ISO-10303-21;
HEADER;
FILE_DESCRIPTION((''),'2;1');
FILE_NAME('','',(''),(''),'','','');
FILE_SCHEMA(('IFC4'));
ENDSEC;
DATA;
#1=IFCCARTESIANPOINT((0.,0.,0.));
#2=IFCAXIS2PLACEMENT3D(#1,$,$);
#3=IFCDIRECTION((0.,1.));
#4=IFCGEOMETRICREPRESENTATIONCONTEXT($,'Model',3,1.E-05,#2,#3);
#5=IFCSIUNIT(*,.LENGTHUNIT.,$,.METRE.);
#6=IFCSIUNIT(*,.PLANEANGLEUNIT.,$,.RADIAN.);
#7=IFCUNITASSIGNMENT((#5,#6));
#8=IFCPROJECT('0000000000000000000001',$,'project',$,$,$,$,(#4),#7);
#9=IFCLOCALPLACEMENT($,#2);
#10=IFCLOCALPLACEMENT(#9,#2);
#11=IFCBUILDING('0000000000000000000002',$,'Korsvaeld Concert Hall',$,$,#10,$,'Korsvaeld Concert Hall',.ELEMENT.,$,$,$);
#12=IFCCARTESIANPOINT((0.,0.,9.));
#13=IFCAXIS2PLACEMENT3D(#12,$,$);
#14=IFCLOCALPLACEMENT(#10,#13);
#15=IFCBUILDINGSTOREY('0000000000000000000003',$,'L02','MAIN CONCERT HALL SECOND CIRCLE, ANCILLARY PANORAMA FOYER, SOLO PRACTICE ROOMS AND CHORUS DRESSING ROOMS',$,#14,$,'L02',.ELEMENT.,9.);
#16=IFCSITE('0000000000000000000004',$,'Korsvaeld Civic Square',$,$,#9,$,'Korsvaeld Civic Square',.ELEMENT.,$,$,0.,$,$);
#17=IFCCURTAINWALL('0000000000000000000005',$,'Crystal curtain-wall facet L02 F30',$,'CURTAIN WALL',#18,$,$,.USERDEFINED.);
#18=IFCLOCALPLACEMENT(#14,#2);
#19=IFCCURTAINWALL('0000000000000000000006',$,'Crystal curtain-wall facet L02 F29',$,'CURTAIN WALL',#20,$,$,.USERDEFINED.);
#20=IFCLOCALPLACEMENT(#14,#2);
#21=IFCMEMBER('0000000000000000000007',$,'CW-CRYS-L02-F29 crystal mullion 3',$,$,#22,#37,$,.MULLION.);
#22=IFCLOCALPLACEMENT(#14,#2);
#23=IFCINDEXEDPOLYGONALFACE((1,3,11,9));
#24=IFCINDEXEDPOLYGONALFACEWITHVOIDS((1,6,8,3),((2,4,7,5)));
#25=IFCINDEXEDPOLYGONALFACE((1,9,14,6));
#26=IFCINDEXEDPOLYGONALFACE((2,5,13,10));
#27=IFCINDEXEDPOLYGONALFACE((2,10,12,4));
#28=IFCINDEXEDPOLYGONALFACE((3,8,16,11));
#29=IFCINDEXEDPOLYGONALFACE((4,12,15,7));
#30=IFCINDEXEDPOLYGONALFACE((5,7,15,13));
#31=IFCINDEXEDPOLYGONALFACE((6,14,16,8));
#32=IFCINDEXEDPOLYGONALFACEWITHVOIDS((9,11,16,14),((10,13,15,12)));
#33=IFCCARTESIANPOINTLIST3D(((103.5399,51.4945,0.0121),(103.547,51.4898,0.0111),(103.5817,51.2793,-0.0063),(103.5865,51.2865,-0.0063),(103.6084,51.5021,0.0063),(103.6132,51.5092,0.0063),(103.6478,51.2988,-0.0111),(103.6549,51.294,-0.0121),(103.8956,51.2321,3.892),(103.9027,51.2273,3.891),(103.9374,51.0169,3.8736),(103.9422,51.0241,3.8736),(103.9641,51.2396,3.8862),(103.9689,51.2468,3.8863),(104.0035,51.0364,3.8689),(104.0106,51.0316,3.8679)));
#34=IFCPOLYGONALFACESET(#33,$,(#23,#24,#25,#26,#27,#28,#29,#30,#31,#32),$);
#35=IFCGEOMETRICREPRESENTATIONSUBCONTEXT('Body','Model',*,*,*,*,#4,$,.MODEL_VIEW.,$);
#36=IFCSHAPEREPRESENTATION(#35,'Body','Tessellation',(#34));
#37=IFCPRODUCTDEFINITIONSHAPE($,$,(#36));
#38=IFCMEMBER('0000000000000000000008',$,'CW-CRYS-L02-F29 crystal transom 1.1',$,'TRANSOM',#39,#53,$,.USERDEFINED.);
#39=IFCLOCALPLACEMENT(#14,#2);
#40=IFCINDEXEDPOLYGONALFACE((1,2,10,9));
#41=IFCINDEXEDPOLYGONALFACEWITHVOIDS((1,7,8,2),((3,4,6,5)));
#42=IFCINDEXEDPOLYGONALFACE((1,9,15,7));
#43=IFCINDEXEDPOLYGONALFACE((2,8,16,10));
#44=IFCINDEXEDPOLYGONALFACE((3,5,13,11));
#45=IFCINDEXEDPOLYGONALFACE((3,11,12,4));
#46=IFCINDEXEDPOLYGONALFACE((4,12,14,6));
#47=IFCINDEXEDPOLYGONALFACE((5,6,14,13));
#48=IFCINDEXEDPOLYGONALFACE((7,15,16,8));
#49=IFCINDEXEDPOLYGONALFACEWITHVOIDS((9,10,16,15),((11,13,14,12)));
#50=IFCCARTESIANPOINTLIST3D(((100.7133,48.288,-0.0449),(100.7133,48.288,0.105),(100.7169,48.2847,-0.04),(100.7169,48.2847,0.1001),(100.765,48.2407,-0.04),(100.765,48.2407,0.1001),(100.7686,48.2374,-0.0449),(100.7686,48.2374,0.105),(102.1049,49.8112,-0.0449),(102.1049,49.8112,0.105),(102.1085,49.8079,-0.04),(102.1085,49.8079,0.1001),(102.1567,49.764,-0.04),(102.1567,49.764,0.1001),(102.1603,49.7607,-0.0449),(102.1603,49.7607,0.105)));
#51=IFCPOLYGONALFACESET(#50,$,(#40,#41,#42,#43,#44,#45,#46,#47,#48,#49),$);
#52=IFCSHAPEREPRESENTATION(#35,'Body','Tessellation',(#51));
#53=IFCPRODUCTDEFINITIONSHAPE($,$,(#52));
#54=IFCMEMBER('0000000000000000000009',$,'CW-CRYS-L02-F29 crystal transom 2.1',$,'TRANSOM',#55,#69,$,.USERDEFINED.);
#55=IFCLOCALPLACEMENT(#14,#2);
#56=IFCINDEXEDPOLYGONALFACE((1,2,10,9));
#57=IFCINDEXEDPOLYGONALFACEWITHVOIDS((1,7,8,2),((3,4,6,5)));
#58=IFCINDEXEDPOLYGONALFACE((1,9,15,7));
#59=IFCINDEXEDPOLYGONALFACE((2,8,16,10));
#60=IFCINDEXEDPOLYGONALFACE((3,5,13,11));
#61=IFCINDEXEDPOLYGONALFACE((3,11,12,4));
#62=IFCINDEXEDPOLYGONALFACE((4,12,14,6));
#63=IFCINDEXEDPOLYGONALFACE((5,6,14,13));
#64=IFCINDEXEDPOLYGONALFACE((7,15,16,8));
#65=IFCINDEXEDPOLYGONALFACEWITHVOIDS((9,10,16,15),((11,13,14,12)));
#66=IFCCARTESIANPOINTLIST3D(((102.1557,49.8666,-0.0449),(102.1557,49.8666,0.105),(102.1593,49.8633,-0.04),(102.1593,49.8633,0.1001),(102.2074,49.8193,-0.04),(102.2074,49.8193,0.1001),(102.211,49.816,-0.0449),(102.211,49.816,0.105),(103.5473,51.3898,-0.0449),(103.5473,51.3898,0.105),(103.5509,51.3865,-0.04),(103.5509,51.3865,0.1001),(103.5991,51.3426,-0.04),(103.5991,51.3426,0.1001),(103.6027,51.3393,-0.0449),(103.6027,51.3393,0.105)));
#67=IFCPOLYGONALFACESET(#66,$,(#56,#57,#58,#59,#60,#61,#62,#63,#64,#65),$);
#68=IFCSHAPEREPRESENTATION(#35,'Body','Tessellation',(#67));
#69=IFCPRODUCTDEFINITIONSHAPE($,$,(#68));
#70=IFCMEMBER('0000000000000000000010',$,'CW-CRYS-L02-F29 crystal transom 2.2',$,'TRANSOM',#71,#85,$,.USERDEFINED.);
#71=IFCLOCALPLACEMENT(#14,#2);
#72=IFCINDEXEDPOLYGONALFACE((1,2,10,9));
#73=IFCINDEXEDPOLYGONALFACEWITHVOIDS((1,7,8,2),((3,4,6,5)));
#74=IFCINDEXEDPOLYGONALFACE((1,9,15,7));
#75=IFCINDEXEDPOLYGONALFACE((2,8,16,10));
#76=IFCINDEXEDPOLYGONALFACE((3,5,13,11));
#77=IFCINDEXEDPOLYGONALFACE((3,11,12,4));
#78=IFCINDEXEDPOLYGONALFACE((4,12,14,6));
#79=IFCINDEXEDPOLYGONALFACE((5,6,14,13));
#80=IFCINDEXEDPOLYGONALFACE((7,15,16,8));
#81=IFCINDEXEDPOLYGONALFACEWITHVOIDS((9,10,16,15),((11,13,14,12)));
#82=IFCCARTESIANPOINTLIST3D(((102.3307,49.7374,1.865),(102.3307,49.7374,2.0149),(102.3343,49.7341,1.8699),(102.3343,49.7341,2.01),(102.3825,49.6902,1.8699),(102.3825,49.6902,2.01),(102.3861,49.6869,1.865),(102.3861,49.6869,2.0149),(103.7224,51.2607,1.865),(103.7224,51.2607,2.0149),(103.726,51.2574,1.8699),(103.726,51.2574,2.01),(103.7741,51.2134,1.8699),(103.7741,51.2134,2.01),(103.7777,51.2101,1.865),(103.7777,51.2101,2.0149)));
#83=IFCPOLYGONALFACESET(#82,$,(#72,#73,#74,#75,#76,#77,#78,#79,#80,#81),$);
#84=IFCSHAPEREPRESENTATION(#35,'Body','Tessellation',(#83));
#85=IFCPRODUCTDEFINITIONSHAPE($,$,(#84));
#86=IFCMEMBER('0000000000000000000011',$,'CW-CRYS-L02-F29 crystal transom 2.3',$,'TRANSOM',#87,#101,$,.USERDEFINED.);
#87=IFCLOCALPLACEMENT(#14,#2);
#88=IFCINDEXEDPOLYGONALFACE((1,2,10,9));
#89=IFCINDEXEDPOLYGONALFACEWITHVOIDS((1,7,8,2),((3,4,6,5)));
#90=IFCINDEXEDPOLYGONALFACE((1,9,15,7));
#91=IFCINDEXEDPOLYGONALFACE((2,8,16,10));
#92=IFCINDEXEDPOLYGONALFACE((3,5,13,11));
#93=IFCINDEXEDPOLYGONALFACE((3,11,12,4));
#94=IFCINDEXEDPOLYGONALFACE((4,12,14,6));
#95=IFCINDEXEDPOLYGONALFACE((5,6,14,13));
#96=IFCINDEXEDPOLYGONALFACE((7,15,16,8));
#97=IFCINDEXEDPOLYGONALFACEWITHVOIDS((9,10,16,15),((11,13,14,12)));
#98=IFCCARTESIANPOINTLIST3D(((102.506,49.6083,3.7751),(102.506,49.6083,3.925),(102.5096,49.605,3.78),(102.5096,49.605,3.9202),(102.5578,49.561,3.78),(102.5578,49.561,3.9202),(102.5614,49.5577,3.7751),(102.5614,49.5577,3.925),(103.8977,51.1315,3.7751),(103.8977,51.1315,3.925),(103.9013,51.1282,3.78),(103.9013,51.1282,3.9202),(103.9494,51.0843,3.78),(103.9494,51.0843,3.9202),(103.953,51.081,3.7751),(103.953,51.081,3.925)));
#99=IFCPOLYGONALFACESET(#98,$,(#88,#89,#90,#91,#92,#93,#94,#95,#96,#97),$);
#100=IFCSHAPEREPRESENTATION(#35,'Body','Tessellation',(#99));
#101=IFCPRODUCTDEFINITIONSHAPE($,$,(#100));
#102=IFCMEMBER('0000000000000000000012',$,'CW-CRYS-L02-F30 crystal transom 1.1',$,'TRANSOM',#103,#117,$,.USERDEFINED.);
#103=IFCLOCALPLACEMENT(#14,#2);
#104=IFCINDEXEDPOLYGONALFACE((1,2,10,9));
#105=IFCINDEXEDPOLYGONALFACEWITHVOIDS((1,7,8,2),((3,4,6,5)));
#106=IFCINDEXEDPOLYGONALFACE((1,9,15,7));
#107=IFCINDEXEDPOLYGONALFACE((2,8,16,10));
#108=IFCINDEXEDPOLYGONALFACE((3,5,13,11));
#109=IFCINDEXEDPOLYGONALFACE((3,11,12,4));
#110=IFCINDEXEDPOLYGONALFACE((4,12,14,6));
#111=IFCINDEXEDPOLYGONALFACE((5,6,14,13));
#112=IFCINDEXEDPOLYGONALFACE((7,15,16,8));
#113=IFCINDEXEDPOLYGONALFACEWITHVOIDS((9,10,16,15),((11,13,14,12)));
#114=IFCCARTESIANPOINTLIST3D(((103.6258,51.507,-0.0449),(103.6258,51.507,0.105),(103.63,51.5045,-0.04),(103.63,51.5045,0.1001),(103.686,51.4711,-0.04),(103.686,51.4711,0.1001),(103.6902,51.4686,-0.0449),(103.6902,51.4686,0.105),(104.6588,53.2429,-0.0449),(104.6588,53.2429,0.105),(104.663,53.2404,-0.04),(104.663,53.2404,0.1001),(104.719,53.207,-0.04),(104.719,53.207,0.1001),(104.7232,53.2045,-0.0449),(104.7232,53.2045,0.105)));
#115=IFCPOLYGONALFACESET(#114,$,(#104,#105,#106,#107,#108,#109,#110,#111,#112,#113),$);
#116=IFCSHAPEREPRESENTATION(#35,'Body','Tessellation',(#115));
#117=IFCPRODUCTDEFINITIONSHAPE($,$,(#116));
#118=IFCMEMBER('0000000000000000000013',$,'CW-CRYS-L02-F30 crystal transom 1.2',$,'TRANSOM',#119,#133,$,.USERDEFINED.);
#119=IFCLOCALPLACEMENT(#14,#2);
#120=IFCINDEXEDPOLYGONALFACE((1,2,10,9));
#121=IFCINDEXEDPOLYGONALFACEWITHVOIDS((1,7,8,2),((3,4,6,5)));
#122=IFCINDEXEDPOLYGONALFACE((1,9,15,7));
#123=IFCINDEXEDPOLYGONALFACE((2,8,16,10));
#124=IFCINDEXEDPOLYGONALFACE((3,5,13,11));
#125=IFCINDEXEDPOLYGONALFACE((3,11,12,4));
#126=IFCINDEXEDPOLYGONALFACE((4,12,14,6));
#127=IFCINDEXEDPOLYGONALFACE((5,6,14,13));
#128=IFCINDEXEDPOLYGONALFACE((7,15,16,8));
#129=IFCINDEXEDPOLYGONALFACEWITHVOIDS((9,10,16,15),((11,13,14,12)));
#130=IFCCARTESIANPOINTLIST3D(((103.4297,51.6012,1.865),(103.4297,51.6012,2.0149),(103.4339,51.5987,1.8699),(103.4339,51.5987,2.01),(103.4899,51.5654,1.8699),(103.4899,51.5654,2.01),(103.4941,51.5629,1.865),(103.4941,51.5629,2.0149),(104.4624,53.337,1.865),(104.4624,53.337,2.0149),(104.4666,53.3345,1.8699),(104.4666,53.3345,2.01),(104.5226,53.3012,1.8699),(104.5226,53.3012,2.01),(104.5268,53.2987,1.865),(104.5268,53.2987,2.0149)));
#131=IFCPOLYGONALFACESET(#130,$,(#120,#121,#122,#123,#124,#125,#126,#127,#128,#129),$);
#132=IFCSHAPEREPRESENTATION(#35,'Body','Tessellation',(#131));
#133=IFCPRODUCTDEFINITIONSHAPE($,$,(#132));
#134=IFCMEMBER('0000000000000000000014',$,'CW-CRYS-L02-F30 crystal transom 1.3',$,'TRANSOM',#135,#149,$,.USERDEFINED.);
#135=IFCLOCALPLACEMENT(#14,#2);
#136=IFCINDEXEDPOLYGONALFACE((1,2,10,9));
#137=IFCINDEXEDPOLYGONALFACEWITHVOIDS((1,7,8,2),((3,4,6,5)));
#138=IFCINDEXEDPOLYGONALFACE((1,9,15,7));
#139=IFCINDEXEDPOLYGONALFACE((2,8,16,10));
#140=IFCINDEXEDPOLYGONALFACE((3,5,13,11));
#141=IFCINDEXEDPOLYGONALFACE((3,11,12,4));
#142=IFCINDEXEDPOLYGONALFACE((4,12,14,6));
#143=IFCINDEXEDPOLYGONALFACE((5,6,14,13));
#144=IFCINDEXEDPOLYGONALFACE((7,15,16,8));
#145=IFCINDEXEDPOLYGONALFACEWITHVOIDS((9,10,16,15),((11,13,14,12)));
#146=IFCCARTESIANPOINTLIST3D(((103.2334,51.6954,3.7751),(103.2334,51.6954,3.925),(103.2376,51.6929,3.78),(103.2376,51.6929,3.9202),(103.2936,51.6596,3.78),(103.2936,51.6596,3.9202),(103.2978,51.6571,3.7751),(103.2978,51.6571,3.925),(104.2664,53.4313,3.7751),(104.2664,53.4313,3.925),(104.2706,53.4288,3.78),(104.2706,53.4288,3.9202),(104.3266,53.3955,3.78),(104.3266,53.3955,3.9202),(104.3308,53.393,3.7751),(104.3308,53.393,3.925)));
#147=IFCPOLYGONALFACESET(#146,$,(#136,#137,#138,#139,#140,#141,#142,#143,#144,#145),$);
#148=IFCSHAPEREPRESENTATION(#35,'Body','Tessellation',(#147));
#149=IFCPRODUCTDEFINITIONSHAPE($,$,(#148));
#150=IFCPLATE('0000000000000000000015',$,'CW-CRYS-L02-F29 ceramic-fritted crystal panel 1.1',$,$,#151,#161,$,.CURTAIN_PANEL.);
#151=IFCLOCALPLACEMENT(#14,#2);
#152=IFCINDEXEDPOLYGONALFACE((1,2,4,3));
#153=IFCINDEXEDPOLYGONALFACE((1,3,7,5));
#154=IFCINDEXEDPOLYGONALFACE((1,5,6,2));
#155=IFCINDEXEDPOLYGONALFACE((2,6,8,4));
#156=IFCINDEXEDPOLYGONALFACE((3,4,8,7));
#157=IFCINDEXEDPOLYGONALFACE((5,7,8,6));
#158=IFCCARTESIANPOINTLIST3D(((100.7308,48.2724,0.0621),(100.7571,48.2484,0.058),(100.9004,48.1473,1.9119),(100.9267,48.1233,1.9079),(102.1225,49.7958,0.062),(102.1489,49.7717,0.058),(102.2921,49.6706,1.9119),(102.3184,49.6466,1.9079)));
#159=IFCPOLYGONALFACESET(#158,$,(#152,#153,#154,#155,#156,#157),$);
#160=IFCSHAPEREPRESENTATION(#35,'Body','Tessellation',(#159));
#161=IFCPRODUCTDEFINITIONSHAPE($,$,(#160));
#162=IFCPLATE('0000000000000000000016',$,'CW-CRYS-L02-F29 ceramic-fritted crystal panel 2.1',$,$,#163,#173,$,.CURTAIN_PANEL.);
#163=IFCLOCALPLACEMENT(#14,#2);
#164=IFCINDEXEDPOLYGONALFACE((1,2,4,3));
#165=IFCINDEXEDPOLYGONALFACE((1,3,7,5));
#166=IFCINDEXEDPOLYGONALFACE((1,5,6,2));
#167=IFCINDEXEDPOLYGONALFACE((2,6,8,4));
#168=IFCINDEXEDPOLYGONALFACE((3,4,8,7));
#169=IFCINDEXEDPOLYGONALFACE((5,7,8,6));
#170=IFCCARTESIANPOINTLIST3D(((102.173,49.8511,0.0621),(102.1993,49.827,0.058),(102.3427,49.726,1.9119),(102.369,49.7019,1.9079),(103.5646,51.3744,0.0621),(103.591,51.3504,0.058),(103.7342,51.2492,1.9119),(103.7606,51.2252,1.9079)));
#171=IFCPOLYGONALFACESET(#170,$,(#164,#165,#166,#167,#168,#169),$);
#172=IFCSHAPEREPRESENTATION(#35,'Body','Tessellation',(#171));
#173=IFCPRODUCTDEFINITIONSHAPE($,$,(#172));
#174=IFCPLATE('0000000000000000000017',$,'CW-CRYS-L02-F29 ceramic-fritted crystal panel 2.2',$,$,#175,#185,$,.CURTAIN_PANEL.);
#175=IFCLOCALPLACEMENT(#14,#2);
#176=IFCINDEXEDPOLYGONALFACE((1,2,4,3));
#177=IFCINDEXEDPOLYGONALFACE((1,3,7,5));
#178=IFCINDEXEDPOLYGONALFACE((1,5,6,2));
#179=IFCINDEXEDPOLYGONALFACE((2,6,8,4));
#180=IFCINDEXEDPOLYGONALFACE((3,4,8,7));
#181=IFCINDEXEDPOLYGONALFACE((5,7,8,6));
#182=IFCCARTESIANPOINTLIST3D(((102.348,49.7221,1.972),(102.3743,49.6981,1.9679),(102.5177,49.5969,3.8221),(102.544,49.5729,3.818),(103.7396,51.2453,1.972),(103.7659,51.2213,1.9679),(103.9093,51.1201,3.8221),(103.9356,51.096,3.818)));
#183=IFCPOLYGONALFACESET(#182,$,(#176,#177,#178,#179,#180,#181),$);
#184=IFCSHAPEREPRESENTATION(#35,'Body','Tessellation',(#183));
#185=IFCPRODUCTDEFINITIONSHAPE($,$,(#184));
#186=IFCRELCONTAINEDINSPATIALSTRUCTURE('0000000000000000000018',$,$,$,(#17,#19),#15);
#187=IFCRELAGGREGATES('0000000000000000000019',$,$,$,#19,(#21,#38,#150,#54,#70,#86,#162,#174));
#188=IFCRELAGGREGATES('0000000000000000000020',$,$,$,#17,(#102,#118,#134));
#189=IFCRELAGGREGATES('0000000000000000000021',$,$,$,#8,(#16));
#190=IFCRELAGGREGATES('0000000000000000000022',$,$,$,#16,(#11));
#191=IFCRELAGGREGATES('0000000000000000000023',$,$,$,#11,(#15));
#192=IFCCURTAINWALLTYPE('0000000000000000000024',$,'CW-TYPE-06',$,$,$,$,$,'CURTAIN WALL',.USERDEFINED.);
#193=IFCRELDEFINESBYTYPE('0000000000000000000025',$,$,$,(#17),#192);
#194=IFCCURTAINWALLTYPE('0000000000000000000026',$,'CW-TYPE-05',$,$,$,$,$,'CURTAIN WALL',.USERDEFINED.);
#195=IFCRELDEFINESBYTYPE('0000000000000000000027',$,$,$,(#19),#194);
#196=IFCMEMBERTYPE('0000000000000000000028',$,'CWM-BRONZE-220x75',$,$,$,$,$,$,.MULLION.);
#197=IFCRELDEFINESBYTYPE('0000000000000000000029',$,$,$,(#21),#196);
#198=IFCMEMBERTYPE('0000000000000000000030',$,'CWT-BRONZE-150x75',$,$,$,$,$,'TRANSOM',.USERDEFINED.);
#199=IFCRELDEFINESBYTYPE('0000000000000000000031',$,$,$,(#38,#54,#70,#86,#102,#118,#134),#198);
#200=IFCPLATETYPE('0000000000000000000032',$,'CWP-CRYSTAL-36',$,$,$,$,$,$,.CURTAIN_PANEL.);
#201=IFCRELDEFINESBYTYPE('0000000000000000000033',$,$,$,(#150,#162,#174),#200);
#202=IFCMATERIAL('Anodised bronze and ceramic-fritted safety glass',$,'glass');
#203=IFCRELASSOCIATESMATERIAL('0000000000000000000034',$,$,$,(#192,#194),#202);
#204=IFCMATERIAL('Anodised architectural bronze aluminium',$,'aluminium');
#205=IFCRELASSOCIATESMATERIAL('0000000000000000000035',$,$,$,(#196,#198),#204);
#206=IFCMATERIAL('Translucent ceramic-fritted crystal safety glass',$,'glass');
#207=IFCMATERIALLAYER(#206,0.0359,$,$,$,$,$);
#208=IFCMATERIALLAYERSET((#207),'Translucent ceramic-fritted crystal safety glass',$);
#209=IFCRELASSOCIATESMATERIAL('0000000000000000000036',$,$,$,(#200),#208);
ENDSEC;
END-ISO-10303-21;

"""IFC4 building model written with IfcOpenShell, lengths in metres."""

from ifc_helpers import new_model, si_unit, direction, frame, origin, origin_2d, place, context, subcontext, project, spatial, polyline, hollow_rectangle, outline, extrude, material, layer, layer_set, material_profile, profile_set, type_object, element, aggregate, save


model = new_model("IFC4")

# Units and contexts
model_context = context("Model", 3, precision=1e-05, world=origin(), true_north=direction((0.0, 1.0)))
body_context = subcontext(model_context, "Body", "Model", "MODEL_VIEW")
ifc_project = project(units=[si_unit("LENGTHUNIT", "METRE"), si_unit("PLANEANGLEUNIT", "RADIAN")], contexts=[model_context])

# Site, building, storey
site_placement = place(None, origin())
site = spatial("IfcSite", under=ifc_project, at=site_placement, Name="Korsvaeld Civic Square", LongName="Korsvaeld Civic Square", CompositionType="ELEMENT", RefElevation=0.0)
building_placement = place(site_placement, origin())
building = spatial("IfcBuilding", under=site, at=building_placement, Name="Korsvaeld Concert Hall", LongName="Korsvaeld Concert Hall", CompositionType="ELEMENT")
storey_placement = place(building_placement, frame((0.0, 0.0, 9.0)))
storey = spatial("IfcBuildingStorey", under=building, at=storey_placement, Name="L02", Description="MAIN CONCERT HALL SECOND CIRCLE, ANCILLARY PANORAMA FOYER, SOLO PRACTICE ROOMS AND CHORUS DRESSING ROOMS", LongName="L02", CompositionType="ELEMENT", Elevation=9.0)

# Curtain wall
ifc_material_1 = material(Name="Anodised bronze and ceramic-fritted safety glass", Category="glass")
ifc_material_2 = material(Name="Anodised architectural bronze aluminium", Category="aluminium")
curtain_wall_type_1 = type_object("IfcCurtainWallType", Name="CW-TYPE-06", ElementType="CURTAIN WALL", PredefinedType="USERDEFINED", material=ifc_material_1)
curtain_wall_1_placement = place(storey_placement, origin())
curtain_wall_1 = element("IfcCurtainWall", 1, at=curtain_wall_1_placement, inside=storey, type_object=curtain_wall_type_1, Name="Crystal curtain-wall facet L02 F30", ObjectType="CURTAIN WALL", PredefinedType="USERDEFINED")

# Curtain wall, members
curtain_wall_type_2 = type_object("IfcCurtainWallType", Name="CW-TYPE-05", ElementType="CURTAIN WALL", PredefinedType="USERDEFINED", material=ifc_material_1)
curtain_wall_2_placement = place(storey_placement, origin())
curtain_wall_2 = element("IfcCurtainWall", 2, at=curtain_wall_2_placement, inside=storey, type_object=curtain_wall_type_2, Name="Crystal curtain-wall facet L02 F29", ObjectType="CURTAIN WALL", PredefinedType="USERDEFINED")
ifc_material_profile_1 = material_profile(ifc_material_2, hollow_rectangle(XDim=0.075, YDim=0.22, WallThickness=0.0061, at=origin_2d()), Name="CWM 220x75x6")
ifc_profile_set_1 = profile_set([ifc_material_profile_1], Name="Anodised architectural bronze aluminium")
member_type_1 = type_object("IfcMemberType", Name="CWM-BRONZE-220x75", PredefinedType="MULLION", material=ifc_profile_set_1)
member_1_placement = place(storey_placement, frame((103.5974, 51.3943, 0.0), z_axis=(0.091092, -0.067209, 0.993572), x_axis=(-0.977585, -0.196208, 0.076354)))
member_1 = element("IfcMember", 3, at=member_1_placement, type_object=member_type_1, Name="CW-CRYS-L02-F29 crystal mullion 3", PredefinedType="MULLION", context=body_context, shape_type="SweptSolid", body=[
    extrude(hollow_rectangle(XDim=0.075, YDim=0.22, WallThickness=0.0061, at=origin_2d()), origin(), (0.0, 0.0, 1.0), 3.905),
])
ifc_material_profile_2 = material_profile(ifc_material_2, hollow_rectangle(XDim=0.075, YDim=0.1499, WallThickness=0.0049, at=origin_2d()), Name="CWT 150x75x5")
ifc_profile_set_2 = profile_set([ifc_material_profile_2], Name="Anodised architectural bronze aluminium")
member_type_2 = type_object("IfcMemberType", Name="CWT-BRONZE-150x75", ElementType="TRANSOM", PredefinedType="USERDEFINED", material=ifc_profile_set_2)
member_2_placement = place(storey_placement, frame((100.741, 48.2627, 0.03), z_axis=(0.674497, 0.738278, 0.0), x_axis=(-0.738278, 0.674497, 0.0)))
member_2 = element("IfcMember", 4, at=member_2_placement, type_object=member_type_2, Name="CW-CRYS-L02-F29 crystal transom 1.1", ObjectType="TRANSOM", PredefinedType="USERDEFINED", context=body_context, shape_type="SweptSolid", body=[
    extrude(hollow_rectangle(XDim=0.075, YDim=0.1499, WallThickness=0.0049, at=origin_2d()), origin(), (0.0, 0.0, 1.0), 2.0632),
])
member_3_placement = place(storey_placement, frame((102.1833, 49.8413, 0.03), z_axis=(0.674497, 0.738278, 0.0), x_axis=(-0.738278, 0.674497, 0.0)))
member_3 = element("IfcMember", 5, at=member_3_placement, type_object=member_type_2, Name="CW-CRYS-L02-F29 crystal transom 2.1", ObjectType="TRANSOM", PredefinedType="USERDEFINED", context=body_context, shape_type="SweptSolid", body=[
    extrude(hollow_rectangle(XDim=0.075, YDim=0.1499, WallThickness=0.0049, at=origin_2d()), origin(), (0.0, 0.0, 1.0), 2.0632),
])
member_4_placement = place(storey_placement, frame((102.3584, 49.7122, 1.9399), z_axis=(0.674497, 0.738278, 0.0), x_axis=(-0.738278, 0.674497, 0.0)))
member_4 = element("IfcMember", 6, at=member_4_placement, type_object=member_type_2, Name="CW-CRYS-L02-F29 crystal transom 2.2", ObjectType="TRANSOM", PredefinedType="USERDEFINED", context=body_context, shape_type="SweptSolid", body=[
    extrude(hollow_rectangle(XDim=0.075, YDim=0.1499, WallThickness=0.0049, at=origin_2d()), origin(), (0.0, 0.0, 1.0), 2.0632),
])
member_5_placement = place(storey_placement, frame((102.5337, 49.583, 3.8501), z_axis=(0.674497, 0.738278, 0.0), x_axis=(-0.738278, 0.674497, 0.0)))
member_5 = element("IfcMember", 7, at=member_5_placement, type_object=member_type_2, Name="CW-CRYS-L02-F29 crystal transom 2.3", ObjectType="TRANSOM", PredefinedType="USERDEFINED", context=body_context, shape_type="SweptSolid", body=[
    extrude(hollow_rectangle(XDim=0.075, YDim=0.1499, WallThickness=0.0049, at=origin_2d()), origin(), (0.0, 0.0, 1.0), 2.0632),
])

# Members
member_6_placement = place(storey_placement, frame((103.658, 51.4878, 0.03), z_axis=(0.511382, 0.859354, 0.0), x_axis=(-0.859354, 0.511382, 0.0)))
member_6 = element("IfcMember", 8, at=member_6_placement, type_object=member_type_2, Name="CW-CRYS-L02-F30 crystal transom 1.1", ObjectType="TRANSOM", PredefinedType="USERDEFINED", context=body_context, shape_type="SweptSolid", body=[
    extrude(hollow_rectangle(XDim=0.075, YDim=0.1499, WallThickness=0.0049, at=origin_2d()), origin(), (0.0, 0.0, 1.0), 2.02),
])
member_7_placement = place(storey_placement, frame((103.4619, 51.582, 1.9399), z_axis=(0.511293, 0.859407, 0.0), x_axis=(-0.859407, 0.511293, 0.0)))
member_7 = element("IfcMember", 9, at=member_7_placement, type_object=member_type_2, Name="CW-CRYS-L02-F30 crystal transom 1.2", ObjectType="TRANSOM", PredefinedType="USERDEFINED", context=body_context, shape_type="SweptSolid", body=[
    extrude(hollow_rectangle(XDim=0.075, YDim=0.1499, WallThickness=0.0049, at=origin_2d()), origin(), (0.0, 0.0, 1.0), 2.0198),
])
member_8_placement = place(storey_placement, frame((103.2656, 51.6763, 3.8501), z_axis=(0.511382, 0.859354, 0.0), x_axis=(-0.859354, 0.511382, 0.0)))
member_8 = element("IfcMember", 10, at=member_8_placement, type_object=member_type_2, Name="CW-CRYS-L02-F30 crystal transom 1.3", ObjectType="TRANSOM", PredefinedType="USERDEFINED", context=body_context, shape_type="SweptSolid", body=[
    extrude(hollow_rectangle(XDim=0.075, YDim=0.1499, WallThickness=0.0049, at=origin_2d()), origin(), (0.0, 0.0, 1.0), 2.02),
])

# Plates
ifc_material_3 = material(Name="Translucent ceramic-fritted crystal safety glass", Category="glass")
ifc_layer_1 = layer(ifc_material_3, 0.0359)
ifc_layer_set_1 = layer_set([ifc_layer_1], Name="Translucent ceramic-fritted crystal safety glass")
plate_type = type_object("IfcPlateType", Name="CWP-CRYSTAL-36", PredefinedType="CURTAIN_PANEL", material=ifc_layer_set_1)
plate_1_placement = place(storey_placement, frame((100.7439, 48.2605, 0.0601), z_axis=(0.733583, -0.670212, -0.112572), x_axis=(0.674499, 0.738276, -0.000009)))
plate_1 = element("IfcPlate", 11, at=plate_1_placement, type_object=plate_type, Name="CW-CRYS-L02-F29 ceramic-fritted crystal panel 1.1", PredefinedType="CURTAIN_PANEL", context=body_context, shape_type="SweptSolid", body=[
    extrude(outline(polyline([(0.0, 0.0), (2.0634, 0.0), (2.0853, 1.8617), (0.022, 1.8617), (0.0, 0.0)])), frame((0.0, 0.0, 0.0181)), (0.0, 0.0, -1.0), 0.0359),
])
plate_2_placement = place(storey_placement, frame((102.186, 49.8391, 0.0601), z_axis=(0.733608, -0.670176, -0.11262), x_axis=(0.674467, 0.738305, -0.000004)))
plate_2 = element("IfcPlate", 12, at=plate_2_placement, type_object=plate_type, Name="CW-CRYS-L02-F29 ceramic-fritted crystal panel 2.1", PredefinedType="CURTAIN_PANEL", context=body_context, shape_type="SweptSolid", body=[
    extrude(outline(polyline([(0.0, 0.0), (2.0634, 0.0), (2.0853, 1.8617), (0.0221, 1.8617), (0.0, 0.0)])), frame((0.0, 0.0, 0.0181)), (0.0, 0.0, -1.0), 0.0359),
])
plate_3_placement = place(storey_placement, frame((102.3611, 49.7102, 1.97), z_axis=(0.733579, -0.670203, -0.112649), x_axis=(0.674497, 0.738278, 0.0)))
plate_3 = element("IfcPlate", 13, at=plate_3_placement, type_object=plate_type, Name="CW-CRYS-L02-F29 ceramic-fritted crystal panel 2.2", PredefinedType="CURTAIN_PANEL", context=body_context, shape_type="SweptSolid", body=[
    extrude(outline(polyline([(0.0, 0.0), (2.0632, 0.0), (2.0852, 1.8619), (0.022, 1.8619), (0.0, 0.0)])), frame((0.0, 0.0, 0.0181)), (0.0, 0.0, -1.0), 0.0359),
])
aggregate(curtain_wall_2, [member_1, member_2, plate_1, member_3, member_4, member_5, plate_2, plate_3])
aggregate(curtain_wall_1, [member_6, member_7, member_8])

save(model, "model.ifc")
